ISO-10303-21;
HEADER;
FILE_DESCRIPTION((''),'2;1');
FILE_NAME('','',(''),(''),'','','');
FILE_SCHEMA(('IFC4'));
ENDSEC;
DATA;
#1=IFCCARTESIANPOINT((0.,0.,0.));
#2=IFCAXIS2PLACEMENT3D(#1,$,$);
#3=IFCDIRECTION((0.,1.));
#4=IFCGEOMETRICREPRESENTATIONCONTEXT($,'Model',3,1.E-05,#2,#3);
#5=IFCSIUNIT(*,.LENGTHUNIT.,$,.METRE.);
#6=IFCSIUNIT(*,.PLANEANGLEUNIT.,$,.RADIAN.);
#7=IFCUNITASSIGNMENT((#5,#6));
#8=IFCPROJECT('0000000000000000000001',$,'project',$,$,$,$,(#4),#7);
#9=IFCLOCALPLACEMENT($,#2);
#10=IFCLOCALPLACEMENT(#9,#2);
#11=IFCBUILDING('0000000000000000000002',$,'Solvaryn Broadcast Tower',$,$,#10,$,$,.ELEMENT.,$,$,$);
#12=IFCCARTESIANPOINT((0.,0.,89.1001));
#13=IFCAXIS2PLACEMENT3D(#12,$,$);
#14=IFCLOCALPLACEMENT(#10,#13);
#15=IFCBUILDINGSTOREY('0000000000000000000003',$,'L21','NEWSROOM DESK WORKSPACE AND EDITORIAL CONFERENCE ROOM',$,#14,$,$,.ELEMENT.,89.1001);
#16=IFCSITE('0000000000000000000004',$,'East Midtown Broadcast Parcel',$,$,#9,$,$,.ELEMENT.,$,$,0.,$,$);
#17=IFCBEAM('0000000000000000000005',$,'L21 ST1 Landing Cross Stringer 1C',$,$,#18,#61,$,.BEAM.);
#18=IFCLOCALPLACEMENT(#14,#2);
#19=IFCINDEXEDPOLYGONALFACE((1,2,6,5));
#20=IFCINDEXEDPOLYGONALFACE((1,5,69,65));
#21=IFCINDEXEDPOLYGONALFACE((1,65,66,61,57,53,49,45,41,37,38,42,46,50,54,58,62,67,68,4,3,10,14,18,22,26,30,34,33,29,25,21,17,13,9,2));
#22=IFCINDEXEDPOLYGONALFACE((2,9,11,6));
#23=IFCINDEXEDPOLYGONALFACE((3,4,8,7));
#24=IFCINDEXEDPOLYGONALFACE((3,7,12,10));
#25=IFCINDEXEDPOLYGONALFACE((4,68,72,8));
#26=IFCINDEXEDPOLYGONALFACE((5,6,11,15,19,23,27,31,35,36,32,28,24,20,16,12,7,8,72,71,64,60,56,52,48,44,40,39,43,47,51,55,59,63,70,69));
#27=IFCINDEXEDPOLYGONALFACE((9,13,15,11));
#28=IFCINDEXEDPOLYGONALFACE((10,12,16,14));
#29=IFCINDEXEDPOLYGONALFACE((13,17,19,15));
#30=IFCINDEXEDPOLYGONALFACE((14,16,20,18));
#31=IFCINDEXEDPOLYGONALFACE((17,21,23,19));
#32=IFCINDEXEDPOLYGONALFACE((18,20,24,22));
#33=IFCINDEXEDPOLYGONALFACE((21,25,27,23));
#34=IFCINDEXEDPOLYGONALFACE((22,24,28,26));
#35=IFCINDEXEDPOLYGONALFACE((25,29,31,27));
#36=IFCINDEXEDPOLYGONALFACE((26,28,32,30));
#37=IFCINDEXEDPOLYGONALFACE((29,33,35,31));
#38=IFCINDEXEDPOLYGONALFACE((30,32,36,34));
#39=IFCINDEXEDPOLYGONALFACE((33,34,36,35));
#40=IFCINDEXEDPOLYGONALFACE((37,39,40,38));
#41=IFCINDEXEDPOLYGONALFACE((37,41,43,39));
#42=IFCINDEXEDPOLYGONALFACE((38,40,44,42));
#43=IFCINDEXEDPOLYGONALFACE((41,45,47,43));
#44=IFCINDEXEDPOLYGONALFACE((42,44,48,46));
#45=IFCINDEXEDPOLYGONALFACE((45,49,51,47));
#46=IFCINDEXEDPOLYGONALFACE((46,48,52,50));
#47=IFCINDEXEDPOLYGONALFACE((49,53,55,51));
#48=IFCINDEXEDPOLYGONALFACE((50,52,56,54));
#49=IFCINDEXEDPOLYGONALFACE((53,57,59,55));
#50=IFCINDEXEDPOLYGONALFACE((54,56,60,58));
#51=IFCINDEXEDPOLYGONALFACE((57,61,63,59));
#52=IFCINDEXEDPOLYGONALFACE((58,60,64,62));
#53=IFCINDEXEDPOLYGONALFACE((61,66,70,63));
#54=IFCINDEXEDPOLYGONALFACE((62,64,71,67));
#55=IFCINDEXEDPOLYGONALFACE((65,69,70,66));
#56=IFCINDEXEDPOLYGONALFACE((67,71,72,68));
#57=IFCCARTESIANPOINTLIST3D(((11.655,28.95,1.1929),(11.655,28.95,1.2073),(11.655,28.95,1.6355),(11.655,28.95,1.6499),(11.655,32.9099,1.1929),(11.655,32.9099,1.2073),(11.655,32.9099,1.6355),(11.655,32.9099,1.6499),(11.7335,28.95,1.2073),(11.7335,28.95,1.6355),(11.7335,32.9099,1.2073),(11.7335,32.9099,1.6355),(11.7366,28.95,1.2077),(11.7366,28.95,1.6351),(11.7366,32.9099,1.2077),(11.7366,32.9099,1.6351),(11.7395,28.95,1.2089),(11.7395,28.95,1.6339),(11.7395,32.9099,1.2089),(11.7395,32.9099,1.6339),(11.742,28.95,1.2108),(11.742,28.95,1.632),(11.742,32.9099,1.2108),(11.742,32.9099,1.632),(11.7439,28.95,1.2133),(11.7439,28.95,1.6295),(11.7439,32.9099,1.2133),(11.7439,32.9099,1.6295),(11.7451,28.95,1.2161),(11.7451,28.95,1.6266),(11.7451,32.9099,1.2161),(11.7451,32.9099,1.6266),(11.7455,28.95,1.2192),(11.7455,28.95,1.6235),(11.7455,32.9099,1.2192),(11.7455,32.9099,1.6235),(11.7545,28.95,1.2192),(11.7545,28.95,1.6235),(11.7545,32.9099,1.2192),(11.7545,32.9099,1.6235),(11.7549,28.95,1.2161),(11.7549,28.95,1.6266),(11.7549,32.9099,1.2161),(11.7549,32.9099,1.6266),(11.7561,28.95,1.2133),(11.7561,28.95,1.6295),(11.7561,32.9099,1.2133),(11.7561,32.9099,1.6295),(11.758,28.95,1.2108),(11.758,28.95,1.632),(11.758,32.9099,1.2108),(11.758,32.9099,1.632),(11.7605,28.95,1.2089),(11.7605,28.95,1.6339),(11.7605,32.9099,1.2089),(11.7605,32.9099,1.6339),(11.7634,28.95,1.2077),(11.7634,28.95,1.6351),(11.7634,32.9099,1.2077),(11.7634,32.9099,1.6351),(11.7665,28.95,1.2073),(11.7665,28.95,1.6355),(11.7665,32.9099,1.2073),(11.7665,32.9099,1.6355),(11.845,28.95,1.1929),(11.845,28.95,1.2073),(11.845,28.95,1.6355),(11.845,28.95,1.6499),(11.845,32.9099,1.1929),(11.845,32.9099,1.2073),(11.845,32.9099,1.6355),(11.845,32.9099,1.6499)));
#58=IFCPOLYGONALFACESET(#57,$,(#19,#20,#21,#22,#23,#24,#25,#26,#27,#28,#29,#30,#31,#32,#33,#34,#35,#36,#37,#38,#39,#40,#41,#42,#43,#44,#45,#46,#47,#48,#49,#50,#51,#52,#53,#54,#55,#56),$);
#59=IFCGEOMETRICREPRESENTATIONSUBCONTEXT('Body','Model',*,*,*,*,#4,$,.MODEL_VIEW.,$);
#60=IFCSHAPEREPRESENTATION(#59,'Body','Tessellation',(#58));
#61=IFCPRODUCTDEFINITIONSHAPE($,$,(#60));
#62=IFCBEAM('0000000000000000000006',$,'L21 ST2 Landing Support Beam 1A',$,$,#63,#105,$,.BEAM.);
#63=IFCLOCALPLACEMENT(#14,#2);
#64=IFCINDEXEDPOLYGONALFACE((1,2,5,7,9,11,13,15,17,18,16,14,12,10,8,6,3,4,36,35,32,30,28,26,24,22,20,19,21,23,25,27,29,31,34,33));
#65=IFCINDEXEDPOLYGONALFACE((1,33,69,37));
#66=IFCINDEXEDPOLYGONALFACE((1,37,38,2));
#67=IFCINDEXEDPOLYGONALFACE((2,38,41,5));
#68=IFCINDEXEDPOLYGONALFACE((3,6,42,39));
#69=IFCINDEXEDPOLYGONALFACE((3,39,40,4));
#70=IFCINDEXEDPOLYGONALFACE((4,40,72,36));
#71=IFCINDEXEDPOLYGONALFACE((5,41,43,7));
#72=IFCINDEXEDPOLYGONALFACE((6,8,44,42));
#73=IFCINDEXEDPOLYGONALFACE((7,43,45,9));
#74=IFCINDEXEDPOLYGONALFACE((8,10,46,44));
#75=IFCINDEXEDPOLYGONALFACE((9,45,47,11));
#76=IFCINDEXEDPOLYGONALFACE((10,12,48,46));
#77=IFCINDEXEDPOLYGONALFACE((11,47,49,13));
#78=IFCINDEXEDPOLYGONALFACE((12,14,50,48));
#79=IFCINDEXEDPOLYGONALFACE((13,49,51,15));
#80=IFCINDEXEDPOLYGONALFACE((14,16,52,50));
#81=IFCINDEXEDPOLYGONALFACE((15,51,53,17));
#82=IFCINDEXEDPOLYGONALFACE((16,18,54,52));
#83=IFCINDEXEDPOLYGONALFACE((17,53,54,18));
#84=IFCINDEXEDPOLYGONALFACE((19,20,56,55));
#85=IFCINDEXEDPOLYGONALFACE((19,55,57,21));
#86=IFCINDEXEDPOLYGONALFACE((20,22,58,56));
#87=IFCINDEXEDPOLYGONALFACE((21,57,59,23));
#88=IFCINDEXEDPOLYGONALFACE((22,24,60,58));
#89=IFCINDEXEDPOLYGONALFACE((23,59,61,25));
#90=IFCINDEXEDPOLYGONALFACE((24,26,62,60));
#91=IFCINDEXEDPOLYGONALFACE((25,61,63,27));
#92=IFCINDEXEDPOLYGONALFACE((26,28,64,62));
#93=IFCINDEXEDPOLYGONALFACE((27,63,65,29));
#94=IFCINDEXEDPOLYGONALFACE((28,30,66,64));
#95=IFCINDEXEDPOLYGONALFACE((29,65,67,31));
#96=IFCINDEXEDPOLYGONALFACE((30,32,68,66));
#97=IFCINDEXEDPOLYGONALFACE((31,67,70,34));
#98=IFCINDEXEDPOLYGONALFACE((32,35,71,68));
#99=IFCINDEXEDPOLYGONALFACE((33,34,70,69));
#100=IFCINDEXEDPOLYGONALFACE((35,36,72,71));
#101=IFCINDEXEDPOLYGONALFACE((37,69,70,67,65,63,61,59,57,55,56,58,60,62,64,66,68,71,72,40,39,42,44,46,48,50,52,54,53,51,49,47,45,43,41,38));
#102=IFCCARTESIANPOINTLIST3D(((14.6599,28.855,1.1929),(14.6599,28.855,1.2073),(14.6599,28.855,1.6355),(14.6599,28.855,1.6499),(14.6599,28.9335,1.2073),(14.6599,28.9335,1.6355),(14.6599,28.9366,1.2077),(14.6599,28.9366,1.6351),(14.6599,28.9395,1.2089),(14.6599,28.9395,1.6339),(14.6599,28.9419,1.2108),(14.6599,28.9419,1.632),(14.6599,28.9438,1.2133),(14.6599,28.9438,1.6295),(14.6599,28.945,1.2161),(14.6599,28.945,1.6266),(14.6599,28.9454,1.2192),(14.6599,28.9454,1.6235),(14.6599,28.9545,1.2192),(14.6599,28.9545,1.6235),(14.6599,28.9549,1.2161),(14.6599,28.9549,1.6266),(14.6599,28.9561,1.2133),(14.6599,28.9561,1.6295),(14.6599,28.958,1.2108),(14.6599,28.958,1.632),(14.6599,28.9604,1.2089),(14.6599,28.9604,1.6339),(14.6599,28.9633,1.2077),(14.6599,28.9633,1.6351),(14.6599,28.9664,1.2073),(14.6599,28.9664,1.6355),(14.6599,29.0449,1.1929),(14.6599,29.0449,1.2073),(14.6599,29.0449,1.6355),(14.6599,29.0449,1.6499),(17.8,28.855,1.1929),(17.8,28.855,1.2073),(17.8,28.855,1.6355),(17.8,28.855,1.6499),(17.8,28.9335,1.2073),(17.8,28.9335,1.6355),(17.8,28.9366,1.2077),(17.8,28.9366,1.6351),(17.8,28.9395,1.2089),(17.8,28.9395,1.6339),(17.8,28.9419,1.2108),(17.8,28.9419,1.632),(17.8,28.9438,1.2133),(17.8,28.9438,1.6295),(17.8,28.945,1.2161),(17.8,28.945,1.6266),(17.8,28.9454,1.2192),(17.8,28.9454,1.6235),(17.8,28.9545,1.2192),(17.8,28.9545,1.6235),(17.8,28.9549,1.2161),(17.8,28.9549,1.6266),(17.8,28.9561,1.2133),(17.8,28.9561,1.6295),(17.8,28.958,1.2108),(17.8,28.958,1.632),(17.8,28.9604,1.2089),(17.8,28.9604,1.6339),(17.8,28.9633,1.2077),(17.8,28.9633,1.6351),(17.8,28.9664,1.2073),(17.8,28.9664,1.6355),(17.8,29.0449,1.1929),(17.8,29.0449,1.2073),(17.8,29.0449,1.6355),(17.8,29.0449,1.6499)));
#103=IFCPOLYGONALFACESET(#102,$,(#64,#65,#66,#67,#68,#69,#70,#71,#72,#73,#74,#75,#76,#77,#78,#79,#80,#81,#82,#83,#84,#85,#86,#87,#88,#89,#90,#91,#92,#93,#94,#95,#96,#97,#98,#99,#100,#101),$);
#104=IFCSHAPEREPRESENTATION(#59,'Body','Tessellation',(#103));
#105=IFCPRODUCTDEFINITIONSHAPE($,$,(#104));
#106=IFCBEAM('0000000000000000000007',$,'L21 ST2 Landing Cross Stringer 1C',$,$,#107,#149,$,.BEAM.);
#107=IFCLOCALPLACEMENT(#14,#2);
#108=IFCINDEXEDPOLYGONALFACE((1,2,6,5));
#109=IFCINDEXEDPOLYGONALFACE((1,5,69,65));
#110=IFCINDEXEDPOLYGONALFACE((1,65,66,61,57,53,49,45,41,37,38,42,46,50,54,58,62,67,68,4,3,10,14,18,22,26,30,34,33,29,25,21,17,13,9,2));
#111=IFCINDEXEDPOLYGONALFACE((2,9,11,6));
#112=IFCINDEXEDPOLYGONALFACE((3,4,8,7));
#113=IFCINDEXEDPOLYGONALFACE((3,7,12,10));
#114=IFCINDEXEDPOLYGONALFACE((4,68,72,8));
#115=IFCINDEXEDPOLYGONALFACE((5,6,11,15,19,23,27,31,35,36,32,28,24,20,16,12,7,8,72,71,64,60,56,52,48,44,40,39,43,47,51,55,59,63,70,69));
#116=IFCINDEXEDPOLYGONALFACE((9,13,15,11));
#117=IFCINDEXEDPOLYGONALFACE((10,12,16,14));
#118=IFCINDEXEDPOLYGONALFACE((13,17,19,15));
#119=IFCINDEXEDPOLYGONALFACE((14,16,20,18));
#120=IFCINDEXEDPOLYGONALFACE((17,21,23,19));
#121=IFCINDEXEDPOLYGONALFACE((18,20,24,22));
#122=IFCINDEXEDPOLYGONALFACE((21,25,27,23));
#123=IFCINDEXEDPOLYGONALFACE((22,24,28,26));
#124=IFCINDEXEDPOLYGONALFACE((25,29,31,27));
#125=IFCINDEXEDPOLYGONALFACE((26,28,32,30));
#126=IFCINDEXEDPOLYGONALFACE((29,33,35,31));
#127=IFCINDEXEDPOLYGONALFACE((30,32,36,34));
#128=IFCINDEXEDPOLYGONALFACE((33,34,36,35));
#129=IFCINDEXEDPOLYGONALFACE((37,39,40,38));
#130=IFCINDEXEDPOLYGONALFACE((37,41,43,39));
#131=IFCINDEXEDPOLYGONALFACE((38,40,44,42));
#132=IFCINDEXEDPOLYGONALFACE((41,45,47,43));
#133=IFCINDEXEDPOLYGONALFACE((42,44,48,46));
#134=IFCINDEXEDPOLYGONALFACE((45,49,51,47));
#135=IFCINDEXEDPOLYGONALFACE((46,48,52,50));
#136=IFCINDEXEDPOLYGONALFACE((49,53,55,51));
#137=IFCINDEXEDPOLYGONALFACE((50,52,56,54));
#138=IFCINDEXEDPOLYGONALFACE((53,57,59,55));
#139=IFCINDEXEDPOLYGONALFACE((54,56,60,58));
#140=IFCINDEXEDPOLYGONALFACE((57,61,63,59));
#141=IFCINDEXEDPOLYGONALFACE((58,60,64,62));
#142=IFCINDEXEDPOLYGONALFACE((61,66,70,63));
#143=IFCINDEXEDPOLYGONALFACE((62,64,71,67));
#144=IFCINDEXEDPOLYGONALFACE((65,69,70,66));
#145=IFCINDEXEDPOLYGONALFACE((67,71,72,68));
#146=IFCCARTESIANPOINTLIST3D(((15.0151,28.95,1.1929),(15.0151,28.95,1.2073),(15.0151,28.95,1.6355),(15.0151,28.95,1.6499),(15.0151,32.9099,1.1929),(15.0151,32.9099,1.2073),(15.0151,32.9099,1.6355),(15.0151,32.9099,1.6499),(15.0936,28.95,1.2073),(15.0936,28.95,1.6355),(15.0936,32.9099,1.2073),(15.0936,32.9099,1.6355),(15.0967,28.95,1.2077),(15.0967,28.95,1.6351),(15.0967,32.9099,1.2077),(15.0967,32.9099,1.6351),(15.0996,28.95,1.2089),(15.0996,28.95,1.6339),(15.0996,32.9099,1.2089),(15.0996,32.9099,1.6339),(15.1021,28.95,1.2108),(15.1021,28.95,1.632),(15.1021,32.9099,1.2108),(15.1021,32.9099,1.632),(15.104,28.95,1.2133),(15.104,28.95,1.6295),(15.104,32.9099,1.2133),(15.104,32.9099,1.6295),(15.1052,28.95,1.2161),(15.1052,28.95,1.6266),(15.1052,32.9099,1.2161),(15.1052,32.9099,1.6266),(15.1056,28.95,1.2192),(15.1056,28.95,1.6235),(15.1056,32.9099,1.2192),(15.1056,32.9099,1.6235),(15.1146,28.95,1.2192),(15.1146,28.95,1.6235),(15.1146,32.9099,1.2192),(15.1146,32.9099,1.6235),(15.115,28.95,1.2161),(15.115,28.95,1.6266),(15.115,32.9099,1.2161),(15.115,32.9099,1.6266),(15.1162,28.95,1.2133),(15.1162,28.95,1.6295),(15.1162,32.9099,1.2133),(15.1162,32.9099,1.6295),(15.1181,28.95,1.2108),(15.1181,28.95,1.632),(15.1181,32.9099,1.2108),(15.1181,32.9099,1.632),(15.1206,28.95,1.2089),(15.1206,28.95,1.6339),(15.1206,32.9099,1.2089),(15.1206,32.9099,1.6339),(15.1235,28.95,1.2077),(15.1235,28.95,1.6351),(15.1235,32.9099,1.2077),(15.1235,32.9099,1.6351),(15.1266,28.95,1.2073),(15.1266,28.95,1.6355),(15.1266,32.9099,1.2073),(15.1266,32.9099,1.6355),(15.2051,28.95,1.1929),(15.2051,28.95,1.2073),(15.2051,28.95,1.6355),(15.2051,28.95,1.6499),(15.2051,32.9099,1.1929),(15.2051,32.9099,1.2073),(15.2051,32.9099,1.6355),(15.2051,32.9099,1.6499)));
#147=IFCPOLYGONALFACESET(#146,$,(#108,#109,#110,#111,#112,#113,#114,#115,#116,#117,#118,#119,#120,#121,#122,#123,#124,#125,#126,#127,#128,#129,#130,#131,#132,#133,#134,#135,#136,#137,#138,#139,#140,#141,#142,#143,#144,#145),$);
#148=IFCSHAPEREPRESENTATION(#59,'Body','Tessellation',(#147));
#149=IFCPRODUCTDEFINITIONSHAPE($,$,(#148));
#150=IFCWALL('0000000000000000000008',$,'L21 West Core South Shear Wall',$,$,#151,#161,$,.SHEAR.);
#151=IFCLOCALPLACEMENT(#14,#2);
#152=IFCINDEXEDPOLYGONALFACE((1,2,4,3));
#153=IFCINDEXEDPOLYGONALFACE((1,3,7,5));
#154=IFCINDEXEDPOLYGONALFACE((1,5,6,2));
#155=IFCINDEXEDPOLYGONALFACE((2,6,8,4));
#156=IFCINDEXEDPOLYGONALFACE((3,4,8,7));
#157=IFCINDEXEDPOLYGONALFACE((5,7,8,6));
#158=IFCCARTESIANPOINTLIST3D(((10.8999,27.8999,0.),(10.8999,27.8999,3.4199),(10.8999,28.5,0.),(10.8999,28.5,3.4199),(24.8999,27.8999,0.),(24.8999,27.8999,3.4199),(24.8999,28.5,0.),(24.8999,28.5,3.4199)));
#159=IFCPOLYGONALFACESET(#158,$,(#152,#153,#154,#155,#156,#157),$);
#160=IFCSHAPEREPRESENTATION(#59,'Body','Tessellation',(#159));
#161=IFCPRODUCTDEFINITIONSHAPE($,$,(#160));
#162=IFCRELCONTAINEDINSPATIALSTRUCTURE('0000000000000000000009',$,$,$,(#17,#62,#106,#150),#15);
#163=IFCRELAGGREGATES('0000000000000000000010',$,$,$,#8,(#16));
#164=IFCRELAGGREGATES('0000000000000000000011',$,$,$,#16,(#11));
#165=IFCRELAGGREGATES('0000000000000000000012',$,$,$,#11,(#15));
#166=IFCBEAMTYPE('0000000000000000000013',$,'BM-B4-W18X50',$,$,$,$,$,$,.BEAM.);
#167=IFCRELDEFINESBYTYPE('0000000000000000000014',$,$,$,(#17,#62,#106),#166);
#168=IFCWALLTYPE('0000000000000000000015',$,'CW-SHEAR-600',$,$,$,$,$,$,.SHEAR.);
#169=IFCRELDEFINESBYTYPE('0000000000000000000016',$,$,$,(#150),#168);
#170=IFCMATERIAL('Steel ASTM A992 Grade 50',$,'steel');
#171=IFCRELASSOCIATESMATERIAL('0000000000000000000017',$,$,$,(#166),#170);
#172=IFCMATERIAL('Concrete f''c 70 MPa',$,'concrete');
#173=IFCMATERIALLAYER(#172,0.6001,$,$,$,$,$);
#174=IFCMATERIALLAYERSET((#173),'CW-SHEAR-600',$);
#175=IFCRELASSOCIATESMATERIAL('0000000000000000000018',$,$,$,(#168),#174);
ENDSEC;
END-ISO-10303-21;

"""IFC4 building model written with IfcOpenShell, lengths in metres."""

from ifc_helpers import new_model, si_unit, direction, frame, frame_2d, origin, origin_2d, place, context, subcontext, project, spatial, rectangle, i_section, extrude, material, layer, layer_set, material_profile, profile_set, type_object, element, save


model = new_model("IFC4")

# Units and contexts
model_context = context("Model", 3, precision=1e-05, world=origin(), true_north=direction((0.0, 1.0)))
body_context = subcontext(model_context, "Body", "Model", "MODEL_VIEW")
ifc_project = project(units=[si_unit("LENGTHUNIT", "METRE"), si_unit("PLANEANGLEUNIT", "RADIAN")], contexts=[model_context])

# Site, building, storey
site_placement = place(None, origin())
site = spatial("IfcSite", under=ifc_project, at=site_placement, Name="East Midtown Broadcast Parcel", CompositionType="ELEMENT", RefElevation=0.0)
building_placement = place(site_placement, origin())
building = spatial("IfcBuilding", under=site, at=building_placement, Name="Solvaryn Broadcast Tower", CompositionType="ELEMENT")
storey_placement = place(building_placement, frame((0.0, 0.0, 89.1001)))
storey = spatial("IfcBuildingStorey", under=building, at=storey_placement, Name="L21", Description="NEWSROOM DESK WORKSPACE AND EDITORIAL CONFERENCE ROOM", CompositionType="ELEMENT", Elevation=89.1001)

# Beams
ifc_material_1 = material(Name="Steel ASTM A992 Grade 50", Category="steel")
ifc_material_profile_1 = material_profile(ifc_material_1, i_section(OverallWidth=0.1899, OverallDepth=0.457, WebThickness=0.009, FlangeThickness=0.0144, FilletRadius=0.012, at=origin_2d()))
ifc_profile_set_1 = profile_set([ifc_material_profile_1], Name="Steel ASTM A992 Grade 50")
beam_type_1 = type_object("IfcBeamType", Name="BM-B4-W18X50", PredefinedType="BEAM", material=ifc_profile_set_1)
beam_1_placement = place(storey_placement, frame((11.75, 28.95, 1.4214), z_axis=(0.0, 1.0, 0.0), x_axis=(-1.0, 0.0, 0.0)))
element("IfcBeam", 1, at=beam_1_placement, inside=storey, type_object=beam_type_1, Name="L21 ST1 Landing Cross Stringer 1C", PredefinedType="BEAM", context=body_context, shape_type="SweptSolid", body=[
    extrude(i_section(OverallWidth=0.1899, OverallDepth=0.457, WebThickness=0.009, FlangeThickness=0.0144, FilletRadius=0.012, at=origin_2d()), origin(), (0.0, 0.0, 1.0), 3.96),
])
beam_2_placement = place(storey_placement, frame((14.6599, 28.95, 1.4214), z_axis=(1.0, 0.0, 0.0), x_axis=(0.0, 1.0, 0.0)))
element("IfcBeam", 2, at=beam_2_placement, inside=storey, type_object=beam_type_1, Name="L21 ST2 Landing Support Beam 1A", PredefinedType="BEAM", context=body_context, shape_type="SweptSolid", body=[
    extrude(i_section(OverallWidth=0.1899, OverallDepth=0.457, WebThickness=0.009, FlangeThickness=0.0144, FilletRadius=0.012, at=origin_2d()), origin(), (0.0, 0.0, 1.0), 3.1401),
])
beam_3_placement = place(storey_placement, frame((15.1101, 28.95, 1.4214), z_axis=(0.0, 1.0, 0.0), x_axis=(-1.0, 0.0, 0.0)))
element("IfcBeam", 3, at=beam_3_placement, inside=storey, type_object=beam_type_1, Name="L21 ST2 Landing Cross Stringer 1C", PredefinedType="BEAM", context=body_context, shape_type="SweptSolid", body=[
    extrude(i_section(OverallWidth=0.1899, OverallDepth=0.457, WebThickness=0.009, FlangeThickness=0.0144, FilletRadius=0.012, at=origin_2d()), origin(), (0.0, 0.0, 1.0), 3.96),
])

# Wall
ifc_material_2 = material(Name="Concrete f'c 70 MPa", Category="concrete")
ifc_layer_1 = layer(ifc_material_2, 0.6001)
ifc_layer_set_1 = layer_set([ifc_layer_1], Name="CW-SHEAR-600")
wall_type_1 = type_object("IfcWallType", Name="CW-SHEAR-600", PredefinedType="SHEAR", material=ifc_layer_set_1)
wall_1_placement = place(storey_placement, frame((10.8999, 28.2, 0.0), z_axis=(0.0, 0.0, 1.0), x_axis=(1.0, 0.0, 0.0)))
element("IfcWall", 4, at=wall_1_placement, inside=storey, type_object=wall_type_1, Name="L21 West Core South Shear Wall", PredefinedType="SHEAR", context=body_context, shape_type="SweptSolid", body=[
    extrude(rectangle(XDim=14.0, YDim=0.6001, at=frame_2d((7.0, 0.0))), origin(), (0.0, 0.0, 1.0), 3.4199),
])

save(model, "model.ifc")
